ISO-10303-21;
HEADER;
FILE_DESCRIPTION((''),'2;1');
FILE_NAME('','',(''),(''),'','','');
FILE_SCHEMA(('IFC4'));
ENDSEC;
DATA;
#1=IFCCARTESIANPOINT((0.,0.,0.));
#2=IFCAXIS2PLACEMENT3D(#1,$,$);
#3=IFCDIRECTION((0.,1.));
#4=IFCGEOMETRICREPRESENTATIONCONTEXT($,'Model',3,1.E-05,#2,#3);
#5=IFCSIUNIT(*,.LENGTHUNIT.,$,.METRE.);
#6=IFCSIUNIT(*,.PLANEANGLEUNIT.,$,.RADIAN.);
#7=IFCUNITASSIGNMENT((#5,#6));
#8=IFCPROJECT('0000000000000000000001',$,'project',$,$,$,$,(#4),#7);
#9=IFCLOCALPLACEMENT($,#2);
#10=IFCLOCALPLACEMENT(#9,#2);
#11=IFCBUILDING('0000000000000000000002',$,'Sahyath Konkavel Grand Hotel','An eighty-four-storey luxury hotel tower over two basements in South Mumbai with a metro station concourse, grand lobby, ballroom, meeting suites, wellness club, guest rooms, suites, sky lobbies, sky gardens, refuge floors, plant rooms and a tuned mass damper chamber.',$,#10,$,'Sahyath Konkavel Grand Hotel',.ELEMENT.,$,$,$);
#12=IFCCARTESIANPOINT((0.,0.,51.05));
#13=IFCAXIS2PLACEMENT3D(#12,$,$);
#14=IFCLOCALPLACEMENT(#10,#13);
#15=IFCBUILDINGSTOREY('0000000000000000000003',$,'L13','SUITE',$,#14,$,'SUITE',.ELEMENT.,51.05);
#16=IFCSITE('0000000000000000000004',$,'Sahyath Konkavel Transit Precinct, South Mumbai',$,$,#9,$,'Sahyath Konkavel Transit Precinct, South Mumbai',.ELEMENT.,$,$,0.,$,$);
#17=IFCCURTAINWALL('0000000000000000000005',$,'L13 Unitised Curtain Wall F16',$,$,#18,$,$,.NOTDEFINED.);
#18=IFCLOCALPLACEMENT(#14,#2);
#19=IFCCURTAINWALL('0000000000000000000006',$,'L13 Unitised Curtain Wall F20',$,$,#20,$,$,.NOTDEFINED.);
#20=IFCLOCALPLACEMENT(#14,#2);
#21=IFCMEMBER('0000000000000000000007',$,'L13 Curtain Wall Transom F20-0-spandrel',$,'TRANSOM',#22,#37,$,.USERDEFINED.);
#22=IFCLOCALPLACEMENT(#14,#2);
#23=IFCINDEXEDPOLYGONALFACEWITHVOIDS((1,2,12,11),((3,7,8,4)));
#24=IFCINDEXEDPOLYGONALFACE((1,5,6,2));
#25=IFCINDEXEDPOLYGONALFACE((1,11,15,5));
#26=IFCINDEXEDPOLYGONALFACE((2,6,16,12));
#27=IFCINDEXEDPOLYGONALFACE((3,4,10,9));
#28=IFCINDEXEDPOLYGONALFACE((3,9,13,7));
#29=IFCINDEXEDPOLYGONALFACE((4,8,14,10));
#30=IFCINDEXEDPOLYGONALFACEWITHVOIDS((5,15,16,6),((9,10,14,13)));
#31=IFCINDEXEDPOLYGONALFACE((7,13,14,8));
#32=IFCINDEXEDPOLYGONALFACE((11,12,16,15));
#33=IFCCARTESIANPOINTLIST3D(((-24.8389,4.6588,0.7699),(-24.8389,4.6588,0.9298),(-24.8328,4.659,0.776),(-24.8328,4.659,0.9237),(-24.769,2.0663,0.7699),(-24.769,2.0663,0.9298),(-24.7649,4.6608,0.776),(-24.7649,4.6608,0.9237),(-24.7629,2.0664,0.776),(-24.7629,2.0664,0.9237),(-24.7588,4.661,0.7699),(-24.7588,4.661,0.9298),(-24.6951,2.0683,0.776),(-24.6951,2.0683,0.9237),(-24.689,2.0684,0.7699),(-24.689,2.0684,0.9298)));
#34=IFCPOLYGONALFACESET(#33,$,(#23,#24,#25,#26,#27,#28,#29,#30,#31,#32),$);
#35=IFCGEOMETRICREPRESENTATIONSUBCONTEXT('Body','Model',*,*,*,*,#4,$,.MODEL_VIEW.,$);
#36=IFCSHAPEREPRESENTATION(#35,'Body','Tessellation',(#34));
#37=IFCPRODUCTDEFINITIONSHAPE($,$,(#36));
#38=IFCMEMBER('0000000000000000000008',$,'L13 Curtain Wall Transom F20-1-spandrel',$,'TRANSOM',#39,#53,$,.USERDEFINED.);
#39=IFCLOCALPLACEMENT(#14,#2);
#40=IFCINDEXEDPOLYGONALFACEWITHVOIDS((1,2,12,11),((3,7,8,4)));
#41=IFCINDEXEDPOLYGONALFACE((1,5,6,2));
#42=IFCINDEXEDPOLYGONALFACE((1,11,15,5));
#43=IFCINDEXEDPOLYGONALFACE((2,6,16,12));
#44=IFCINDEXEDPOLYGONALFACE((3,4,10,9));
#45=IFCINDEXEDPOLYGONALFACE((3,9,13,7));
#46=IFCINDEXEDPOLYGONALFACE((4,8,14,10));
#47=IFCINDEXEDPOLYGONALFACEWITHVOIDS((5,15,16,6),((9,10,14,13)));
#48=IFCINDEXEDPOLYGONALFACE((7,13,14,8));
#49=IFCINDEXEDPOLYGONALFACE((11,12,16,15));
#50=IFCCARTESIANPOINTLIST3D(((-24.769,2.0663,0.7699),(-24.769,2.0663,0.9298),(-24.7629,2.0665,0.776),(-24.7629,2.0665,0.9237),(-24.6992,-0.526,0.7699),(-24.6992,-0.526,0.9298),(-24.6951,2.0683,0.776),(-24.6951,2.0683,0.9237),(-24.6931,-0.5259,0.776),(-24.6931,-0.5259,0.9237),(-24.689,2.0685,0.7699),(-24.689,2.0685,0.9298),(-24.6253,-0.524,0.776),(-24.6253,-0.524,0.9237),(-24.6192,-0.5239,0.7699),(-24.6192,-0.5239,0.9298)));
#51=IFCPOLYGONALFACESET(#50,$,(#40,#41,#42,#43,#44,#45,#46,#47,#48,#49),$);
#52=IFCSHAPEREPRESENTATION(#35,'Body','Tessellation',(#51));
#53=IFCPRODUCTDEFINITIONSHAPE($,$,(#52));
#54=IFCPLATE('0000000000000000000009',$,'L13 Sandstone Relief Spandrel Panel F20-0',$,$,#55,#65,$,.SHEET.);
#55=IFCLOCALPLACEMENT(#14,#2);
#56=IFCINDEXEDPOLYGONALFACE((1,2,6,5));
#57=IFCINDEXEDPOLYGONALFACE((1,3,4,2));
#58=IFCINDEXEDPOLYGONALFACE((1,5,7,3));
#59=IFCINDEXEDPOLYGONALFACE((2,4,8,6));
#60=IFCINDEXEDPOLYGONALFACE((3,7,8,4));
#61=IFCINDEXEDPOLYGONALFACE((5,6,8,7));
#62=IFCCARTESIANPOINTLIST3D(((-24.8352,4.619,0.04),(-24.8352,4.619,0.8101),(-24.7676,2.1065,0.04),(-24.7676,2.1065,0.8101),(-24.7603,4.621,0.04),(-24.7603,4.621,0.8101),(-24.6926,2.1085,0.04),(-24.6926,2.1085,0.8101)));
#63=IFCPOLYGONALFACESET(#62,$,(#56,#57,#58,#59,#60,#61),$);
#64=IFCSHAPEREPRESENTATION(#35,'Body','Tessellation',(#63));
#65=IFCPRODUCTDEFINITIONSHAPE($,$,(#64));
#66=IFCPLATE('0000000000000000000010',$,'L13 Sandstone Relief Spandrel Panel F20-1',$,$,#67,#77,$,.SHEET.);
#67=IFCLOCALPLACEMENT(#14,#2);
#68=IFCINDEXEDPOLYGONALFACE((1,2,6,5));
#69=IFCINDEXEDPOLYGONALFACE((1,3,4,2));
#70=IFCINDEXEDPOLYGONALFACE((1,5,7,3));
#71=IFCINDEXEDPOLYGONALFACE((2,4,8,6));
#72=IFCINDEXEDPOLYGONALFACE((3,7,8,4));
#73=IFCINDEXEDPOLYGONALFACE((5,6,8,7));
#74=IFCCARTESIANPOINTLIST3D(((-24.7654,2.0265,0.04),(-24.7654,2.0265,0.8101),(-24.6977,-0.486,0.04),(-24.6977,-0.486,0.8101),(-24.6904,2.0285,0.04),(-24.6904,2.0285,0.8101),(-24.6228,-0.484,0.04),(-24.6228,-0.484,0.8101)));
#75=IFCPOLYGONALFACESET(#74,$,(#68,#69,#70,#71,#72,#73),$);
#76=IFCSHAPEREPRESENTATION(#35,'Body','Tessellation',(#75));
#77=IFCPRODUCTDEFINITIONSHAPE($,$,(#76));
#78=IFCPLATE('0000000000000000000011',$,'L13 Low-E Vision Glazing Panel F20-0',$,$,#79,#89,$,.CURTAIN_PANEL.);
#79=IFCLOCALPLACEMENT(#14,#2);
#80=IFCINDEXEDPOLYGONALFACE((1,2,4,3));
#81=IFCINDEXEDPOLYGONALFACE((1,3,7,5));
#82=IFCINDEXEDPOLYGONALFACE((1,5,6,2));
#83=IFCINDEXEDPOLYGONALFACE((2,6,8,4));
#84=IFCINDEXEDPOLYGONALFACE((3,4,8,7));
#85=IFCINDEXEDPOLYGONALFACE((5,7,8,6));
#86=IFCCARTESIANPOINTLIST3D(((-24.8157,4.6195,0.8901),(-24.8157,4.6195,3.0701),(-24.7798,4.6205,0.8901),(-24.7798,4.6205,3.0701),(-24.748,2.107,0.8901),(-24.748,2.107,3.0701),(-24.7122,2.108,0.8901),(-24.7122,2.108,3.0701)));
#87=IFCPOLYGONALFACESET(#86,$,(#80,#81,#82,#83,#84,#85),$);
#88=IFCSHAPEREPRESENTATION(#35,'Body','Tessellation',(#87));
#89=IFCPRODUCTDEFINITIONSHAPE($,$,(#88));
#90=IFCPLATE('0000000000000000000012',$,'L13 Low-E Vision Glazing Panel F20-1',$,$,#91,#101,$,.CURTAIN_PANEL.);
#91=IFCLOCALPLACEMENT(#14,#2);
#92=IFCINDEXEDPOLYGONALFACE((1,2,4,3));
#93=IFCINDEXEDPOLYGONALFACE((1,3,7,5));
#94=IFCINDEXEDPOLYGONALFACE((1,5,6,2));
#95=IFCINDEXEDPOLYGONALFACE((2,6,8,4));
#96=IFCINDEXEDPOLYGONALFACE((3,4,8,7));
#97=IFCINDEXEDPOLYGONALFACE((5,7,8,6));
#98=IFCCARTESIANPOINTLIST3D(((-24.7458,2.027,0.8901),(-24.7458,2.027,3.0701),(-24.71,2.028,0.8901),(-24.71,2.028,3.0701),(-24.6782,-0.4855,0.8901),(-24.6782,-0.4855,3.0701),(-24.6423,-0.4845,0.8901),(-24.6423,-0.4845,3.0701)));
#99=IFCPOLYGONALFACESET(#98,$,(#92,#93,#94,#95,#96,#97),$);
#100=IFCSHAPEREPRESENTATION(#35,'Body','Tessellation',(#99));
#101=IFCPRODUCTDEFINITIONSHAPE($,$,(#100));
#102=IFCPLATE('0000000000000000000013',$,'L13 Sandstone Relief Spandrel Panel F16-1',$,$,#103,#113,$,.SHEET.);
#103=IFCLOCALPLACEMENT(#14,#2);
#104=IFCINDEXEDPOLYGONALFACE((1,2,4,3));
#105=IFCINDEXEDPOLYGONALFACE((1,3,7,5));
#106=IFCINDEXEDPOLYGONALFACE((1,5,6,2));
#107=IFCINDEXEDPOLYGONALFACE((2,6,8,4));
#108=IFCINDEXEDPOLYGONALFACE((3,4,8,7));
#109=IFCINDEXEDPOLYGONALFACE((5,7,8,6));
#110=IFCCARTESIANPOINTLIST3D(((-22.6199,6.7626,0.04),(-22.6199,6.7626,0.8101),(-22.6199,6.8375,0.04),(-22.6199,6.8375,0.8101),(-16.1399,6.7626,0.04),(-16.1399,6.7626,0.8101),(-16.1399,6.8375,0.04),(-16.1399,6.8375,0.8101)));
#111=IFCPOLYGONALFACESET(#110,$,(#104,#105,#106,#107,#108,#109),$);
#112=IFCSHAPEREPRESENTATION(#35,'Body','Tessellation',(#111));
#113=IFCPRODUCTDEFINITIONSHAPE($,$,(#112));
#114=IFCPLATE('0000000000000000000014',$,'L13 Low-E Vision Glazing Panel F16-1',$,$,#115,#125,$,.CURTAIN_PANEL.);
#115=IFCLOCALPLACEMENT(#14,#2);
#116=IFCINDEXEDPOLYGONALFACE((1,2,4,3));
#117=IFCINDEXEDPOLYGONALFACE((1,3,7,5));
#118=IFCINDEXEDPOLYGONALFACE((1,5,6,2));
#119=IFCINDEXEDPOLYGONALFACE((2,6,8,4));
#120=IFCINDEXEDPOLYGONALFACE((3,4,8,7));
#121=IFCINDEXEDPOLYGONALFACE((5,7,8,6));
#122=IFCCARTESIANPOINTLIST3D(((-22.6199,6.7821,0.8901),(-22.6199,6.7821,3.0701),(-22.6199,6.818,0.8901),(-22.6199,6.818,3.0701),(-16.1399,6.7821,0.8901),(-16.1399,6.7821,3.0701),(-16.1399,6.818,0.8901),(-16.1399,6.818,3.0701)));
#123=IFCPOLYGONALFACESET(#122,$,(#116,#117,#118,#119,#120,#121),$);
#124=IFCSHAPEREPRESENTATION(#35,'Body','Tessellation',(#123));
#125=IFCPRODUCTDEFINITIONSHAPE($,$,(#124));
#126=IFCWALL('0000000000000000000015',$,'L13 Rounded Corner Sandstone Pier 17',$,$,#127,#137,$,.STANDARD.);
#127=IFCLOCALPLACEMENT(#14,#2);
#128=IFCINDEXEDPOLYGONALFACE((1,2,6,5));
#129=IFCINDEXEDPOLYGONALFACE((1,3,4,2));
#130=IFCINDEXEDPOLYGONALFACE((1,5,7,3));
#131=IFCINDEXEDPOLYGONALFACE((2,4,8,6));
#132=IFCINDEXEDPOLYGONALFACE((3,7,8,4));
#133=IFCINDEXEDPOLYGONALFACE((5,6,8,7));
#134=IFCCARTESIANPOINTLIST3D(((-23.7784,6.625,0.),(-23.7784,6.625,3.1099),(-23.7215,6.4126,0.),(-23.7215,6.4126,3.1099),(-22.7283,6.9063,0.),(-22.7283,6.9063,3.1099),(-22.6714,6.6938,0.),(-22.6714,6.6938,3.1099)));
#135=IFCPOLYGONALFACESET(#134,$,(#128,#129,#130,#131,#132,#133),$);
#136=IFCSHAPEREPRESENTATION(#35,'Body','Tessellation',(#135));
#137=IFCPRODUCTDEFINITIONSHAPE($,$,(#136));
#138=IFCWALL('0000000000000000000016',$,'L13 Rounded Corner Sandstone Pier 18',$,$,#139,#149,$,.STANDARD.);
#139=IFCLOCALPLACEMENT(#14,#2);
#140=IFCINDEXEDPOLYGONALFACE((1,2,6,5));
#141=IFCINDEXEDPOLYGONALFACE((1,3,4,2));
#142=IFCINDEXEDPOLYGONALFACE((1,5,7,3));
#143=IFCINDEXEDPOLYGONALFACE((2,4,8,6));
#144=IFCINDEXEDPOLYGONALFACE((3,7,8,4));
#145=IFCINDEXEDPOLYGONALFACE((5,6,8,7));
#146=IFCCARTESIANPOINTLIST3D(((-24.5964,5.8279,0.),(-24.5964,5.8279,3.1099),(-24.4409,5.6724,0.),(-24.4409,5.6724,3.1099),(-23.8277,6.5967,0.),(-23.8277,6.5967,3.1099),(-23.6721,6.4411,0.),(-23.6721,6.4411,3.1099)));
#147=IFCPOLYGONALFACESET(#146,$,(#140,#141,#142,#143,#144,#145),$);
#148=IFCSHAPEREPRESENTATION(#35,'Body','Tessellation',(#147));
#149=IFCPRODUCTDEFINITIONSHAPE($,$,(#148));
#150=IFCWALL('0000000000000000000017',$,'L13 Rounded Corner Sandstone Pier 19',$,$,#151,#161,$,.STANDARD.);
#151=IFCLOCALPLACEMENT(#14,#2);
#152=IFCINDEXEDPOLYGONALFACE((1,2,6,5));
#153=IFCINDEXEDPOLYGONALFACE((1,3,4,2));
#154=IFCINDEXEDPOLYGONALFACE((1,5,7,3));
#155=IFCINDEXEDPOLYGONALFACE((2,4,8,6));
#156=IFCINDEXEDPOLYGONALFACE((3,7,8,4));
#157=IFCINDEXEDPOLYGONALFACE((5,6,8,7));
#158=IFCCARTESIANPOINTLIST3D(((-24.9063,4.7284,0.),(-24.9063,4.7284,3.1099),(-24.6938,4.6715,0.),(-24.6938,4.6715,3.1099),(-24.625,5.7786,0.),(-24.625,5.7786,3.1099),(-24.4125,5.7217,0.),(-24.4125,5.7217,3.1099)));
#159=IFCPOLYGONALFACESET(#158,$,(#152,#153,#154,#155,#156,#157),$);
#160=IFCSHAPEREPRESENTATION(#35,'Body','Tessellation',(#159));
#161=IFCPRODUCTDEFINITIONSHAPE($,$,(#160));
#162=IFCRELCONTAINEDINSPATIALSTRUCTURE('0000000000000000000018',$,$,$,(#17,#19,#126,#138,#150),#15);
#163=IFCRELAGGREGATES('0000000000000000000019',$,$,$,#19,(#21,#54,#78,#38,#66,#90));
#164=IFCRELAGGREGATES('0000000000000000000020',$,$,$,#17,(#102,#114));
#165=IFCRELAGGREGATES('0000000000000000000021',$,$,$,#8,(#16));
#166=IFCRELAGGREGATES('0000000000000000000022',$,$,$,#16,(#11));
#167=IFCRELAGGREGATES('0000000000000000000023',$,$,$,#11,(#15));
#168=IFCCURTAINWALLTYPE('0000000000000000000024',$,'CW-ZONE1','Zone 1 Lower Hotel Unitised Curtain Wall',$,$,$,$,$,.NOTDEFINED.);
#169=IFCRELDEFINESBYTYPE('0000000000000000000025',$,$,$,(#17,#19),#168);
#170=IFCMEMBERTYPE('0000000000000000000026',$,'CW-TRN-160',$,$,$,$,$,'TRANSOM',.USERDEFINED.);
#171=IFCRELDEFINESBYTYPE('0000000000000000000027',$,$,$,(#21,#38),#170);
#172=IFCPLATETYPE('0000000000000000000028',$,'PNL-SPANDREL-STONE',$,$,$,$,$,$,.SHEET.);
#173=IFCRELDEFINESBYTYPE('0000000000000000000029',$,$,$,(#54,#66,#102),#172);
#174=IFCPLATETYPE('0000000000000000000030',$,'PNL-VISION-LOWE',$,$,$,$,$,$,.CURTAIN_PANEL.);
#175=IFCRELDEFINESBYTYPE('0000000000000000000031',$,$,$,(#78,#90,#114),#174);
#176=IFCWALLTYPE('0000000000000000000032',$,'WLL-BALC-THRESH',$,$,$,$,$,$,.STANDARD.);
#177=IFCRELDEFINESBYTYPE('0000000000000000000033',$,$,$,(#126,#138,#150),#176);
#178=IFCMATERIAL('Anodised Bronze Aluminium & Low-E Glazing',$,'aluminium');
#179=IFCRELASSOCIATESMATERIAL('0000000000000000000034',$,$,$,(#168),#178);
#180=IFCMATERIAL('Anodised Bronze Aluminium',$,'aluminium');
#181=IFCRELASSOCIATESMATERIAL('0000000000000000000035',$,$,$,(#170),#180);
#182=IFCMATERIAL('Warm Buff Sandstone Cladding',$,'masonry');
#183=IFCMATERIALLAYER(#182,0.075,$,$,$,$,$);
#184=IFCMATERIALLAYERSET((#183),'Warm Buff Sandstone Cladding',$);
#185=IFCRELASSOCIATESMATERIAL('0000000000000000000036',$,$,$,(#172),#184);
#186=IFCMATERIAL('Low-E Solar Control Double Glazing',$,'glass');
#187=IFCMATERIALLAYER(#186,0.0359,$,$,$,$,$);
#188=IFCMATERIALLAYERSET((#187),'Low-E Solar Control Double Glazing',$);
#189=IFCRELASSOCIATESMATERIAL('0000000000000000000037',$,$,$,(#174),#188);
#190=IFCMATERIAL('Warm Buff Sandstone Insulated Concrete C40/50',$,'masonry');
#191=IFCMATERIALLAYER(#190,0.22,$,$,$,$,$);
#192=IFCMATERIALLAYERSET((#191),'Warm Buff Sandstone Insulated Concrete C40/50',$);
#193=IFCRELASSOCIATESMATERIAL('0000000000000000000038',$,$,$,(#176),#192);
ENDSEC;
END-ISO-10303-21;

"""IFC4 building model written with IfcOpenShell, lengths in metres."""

from ifc_helpers import new_model, si_unit, direction, frame, frame_2d, origin, origin_2d, place, context, subcontext, project, spatial, rectangle, hollow_rectangle, extrude, source, transform, mapped, material, layer, layer_set, material_profile, profile_set, type_object, element, aggregate, save


model = new_model("IFC4")

# Units and contexts
model_context = context("Model", 3, precision=1e-05, world=origin(), true_north=direction((0.0, 1.0)))
body_context = subcontext(model_context, "Body", "Model", "MODEL_VIEW")
ifc_project = project(units=[si_unit("LENGTHUNIT", "METRE"), si_unit("PLANEANGLEUNIT", "RADIAN")], contexts=[model_context])

# Site, building, storey
site_placement = place(None, origin())
site = spatial("IfcSite", under=ifc_project, at=site_placement, Name="Sahyath Konkavel Transit Precinct, South Mumbai", LongName="Sahyath Konkavel Transit Precinct, South Mumbai", CompositionType="ELEMENT", RefElevation=0.0)
building_placement = place(site_placement, origin())
building = spatial("IfcBuilding", under=site, at=building_placement, Name="Sahyath Konkavel Grand Hotel", Description="An eighty-four-storey luxury hotel tower over two basements in South Mumbai with a metro station concourse, grand lobby, ballroom, meeting suites, wellness club, guest rooms, suites, sky lobbies, sky gardens, refuge floors, plant rooms and a tuned mass damper chamber.", LongName="Sahyath Konkavel Grand Hotel", CompositionType="ELEMENT")
storey_placement = place(building_placement, frame((0.0, 0.0, 51.05)))
storey = spatial("IfcBuildingStorey", under=building, at=storey_placement, Name="L13", Description="SUITE", LongName="SUITE", CompositionType="ELEMENT", Elevation=51.05)

# Curtain wall
ifc_material_1 = material(Name="Anodised Bronze Aluminium & Low-E Glazing", Category="aluminium")
curtain_wall_type = type_object("IfcCurtainWallType", Name="CW-ZONE1", Description="Zone 1 Lower Hotel Unitised Curtain Wall", PredefinedType="NOTDEFINED", material=ifc_material_1)
curtain_wall_1_placement = place(storey_placement, origin())
curtain_wall_1 = element("IfcCurtainWall", 1, at=curtain_wall_1_placement, inside=storey, type_object=curtain_wall_type, Name="L13 Unitised Curtain Wall F16", PredefinedType="NOTDEFINED")
ifc_material_2 = material(Name="Anodised Bronze Aluminium", Category="aluminium")

# Curtain wall, members, plates
curtain_wall_2_placement = place(storey_placement, origin())
curtain_wall_2 = element("IfcCurtainWall", 2, at=curtain_wall_2_placement, inside=storey, type_object=curtain_wall_type, Name="L13 Unitised Curtain Wall F20", PredefinedType="NOTDEFINED")
ifc_material_profile_1 = material_profile(ifc_material_2, hollow_rectangle(XDim=0.0801, YDim=0.1599, WallThickness=0.0061, at=origin_2d()), Name="RHS 160x80x6")
ifc_profile_set_1 = profile_set([ifc_material_profile_1], Name="Anodised Bronze Aluminium")
member_type_1 = type_object("IfcMemberType", Name="CW-TRN-160", ElementType="TRANSOM", PredefinedType="USERDEFINED", material=ifc_profile_set_1)
shared_shape_1 = source(origin(), body_context, "Body", "SweptSolid", [
    extrude(hollow_rectangle(XDim=0.0801, YDim=0.1599, WallThickness=0.0061, at=origin_2d()), origin(), (0.0, 0.0, 1.0), 2.5935),
])
member_1_placement = place(storey_placement, frame((-24.7988, 4.6599, 0.8499), z_axis=(0.026923, -0.999638, 0.0), x_axis=(0.999638, 0.026923, 0.0)))
member_1 = element("IfcMember", 3, at=member_1_placement, type_object=member_type_1, Name="L13 Curtain Wall Transom F20-0-spandrel", ObjectType="TRANSOM", PredefinedType="USERDEFINED", context=body_context, shape_type="MappedRepresentation", body=[
    mapped(shared_shape_1, transform((0.0, 0.0, 0.0), scale=1.0)),
])
shared_shape_2 = source(origin(), body_context, "Body", "SweptSolid", [
    extrude(hollow_rectangle(XDim=0.0801, YDim=0.1599, WallThickness=0.0061, at=origin_2d()), origin(), (0.0, 0.0, 1.0), 2.5933),
])
member_2_placement = place(storey_placement, frame((-24.729, 2.0674, 0.8499), z_axis=(0.026926, -0.999637, 0.0), x_axis=(0.999637, 0.026926, 0.0)))
member_2 = element("IfcMember", 4, at=member_2_placement, type_object=member_type_1, Name="L13 Curtain Wall Transom F20-1-spandrel", ObjectType="TRANSOM", PredefinedType="USERDEFINED", context=body_context, shape_type="MappedRepresentation", body=[
    mapped(shared_shape_2, transform((0.0, 0.0, 0.0), scale=1.0)),
])
ifc_material_3 = material(Name="Warm Buff Sandstone Cladding", Category="masonry")
ifc_layer_1 = layer(ifc_material_3, 0.075)
ifc_layer_set_1 = layer_set([ifc_layer_1], Name="Warm Buff Sandstone Cladding")
plate_type_1 = type_object("IfcPlateType", Name="PNL-SPANDREL-STONE", PredefinedType="SHEET", material=ifc_layer_set_1)
shared_shape_3 = source(origin(), body_context, "Body", "SweptSolid", [
    extrude(rectangle(XDim=2.5134, YDim=0.075, at=origin_2d()), origin(), (0.0, 0.0, 1.0), 0.77),
])
plate_1_placement = place(storey_placement, frame((-24.7639, 3.3638, 0.04), z_axis=(0.0, 0.0, 1.0), x_axis=(0.02691, -0.999638, 0.0)))
plate_1 = element("IfcPlate", 5, at=plate_1_placement, type_object=plate_type_1, Name="L13 Sandstone Relief Spandrel Panel F20-0", PredefinedType="SHEET", context=body_context, shape_type="MappedRepresentation", body=[
    mapped(shared_shape_3, transform((0.0, 0.0, 0.0), scale=1.0)),
])
plate_2_placement = place(storey_placement, frame((-24.6941, 0.7712, 0.04), z_axis=(0.0, 0.0, 1.0), x_axis=(0.02691, -0.999638, 0.0)))
plate_2 = element("IfcPlate", 6, at=plate_2_placement, type_object=plate_type_1, Name="L13 Sandstone Relief Spandrel Panel F20-1", PredefinedType="SHEET", context=body_context, shape_type="MappedRepresentation", body=[
    mapped(shared_shape_3, transform((0.0, 0.0, 0.0), scale=1.0)),
])
ifc_material_4 = material(Name="Low-E Solar Control Double Glazing", Category="glass")
ifc_layer_2 = layer(ifc_material_4, 0.0359)
ifc_layer_set_2 = layer_set([ifc_layer_2], Name="Low-E Solar Control Double Glazing")
plate_type_2 = type_object("IfcPlateType", Name="PNL-VISION-LOWE", PredefinedType="CURTAIN_PANEL", material=ifc_layer_set_2)
shared_shape_4 = source(origin(), body_context, "Body", "SweptSolid", [
    extrude(rectangle(XDim=2.5134, YDim=0.0359, at=origin_2d()), origin(), (0.0, 0.0, 1.0), 2.1799),
])
plate_3_placement = place(storey_placement, frame((-24.7639, 3.3638, 0.8901), z_axis=(0.0, 0.0, 1.0), x_axis=(0.02691, -0.999638, 0.0)))
plate_3 = element("IfcPlate", 7, at=plate_3_placement, type_object=plate_type_2, Name="L13 Low-E Vision Glazing Panel F20-0", PredefinedType="CURTAIN_PANEL", context=body_context, shape_type="MappedRepresentation", body=[
    mapped(shared_shape_4, transform((0.0, 0.0, 0.0), scale=1.0)),
])
plate_4_placement = place(storey_placement, frame((-24.6941, 0.7712, 0.8901), z_axis=(0.0, 0.0, 1.0), x_axis=(0.02691, -0.999638, 0.0)))
plate_4 = element("IfcPlate", 8, at=plate_4_placement, type_object=plate_type_2, Name="L13 Low-E Vision Glazing Panel F20-1", PredefinedType="CURTAIN_PANEL", context=body_context, shape_type="MappedRepresentation", body=[
    mapped(shared_shape_4, transform((0.0, 0.0, 0.0), scale=1.0)),
])
aggregate(curtain_wall_2, [member_1, plate_1, plate_3, member_2, plate_2, plate_4])

# Plates
shared_shape_5 = source(origin(), body_context, "Body", "SweptSolid", [
    extrude(rectangle(XDim=6.48, YDim=0.075, at=origin_2d()), origin(), (0.0, 0.0, 1.0), 0.77),
])
plate_5_placement = place(storey_placement, frame((-19.3799, 6.8, 0.04), z_axis=(0.0, 0.0, 1.0), x_axis=(-1.0, 0.0, 0.0)))
plate_5 = element("IfcPlate", 9, at=plate_5_placement, type_object=plate_type_1, Name="L13 Sandstone Relief Spandrel Panel F16-1", PredefinedType="SHEET", context=body_context, shape_type="MappedRepresentation", body=[
    mapped(shared_shape_5, transform((0.0, 0.0, 0.0), scale=1.0)),
])
shared_shape_6 = source(origin(), body_context, "Body", "SweptSolid", [
    extrude(rectangle(XDim=6.48, YDim=0.0359, at=origin_2d()), origin(), (0.0, 0.0, 1.0), 2.1799),
])
plate_6_placement = place(storey_placement, frame((-19.3799, 6.8, 0.8901), z_axis=(0.0, 0.0, 1.0), x_axis=(-1.0, 0.0, 0.0)))
plate_6 = element("IfcPlate", 10, at=plate_6_placement, type_object=plate_type_2, Name="L13 Low-E Vision Glazing Panel F16-1", PredefinedType="CURTAIN_PANEL", context=body_context, shape_type="MappedRepresentation", body=[
    mapped(shared_shape_6, transform((0.0, 0.0, 0.0), scale=1.0)),
])
aggregate(curtain_wall_1, [plate_5, plate_6])

# Walls
ifc_material_5 = material(Name="Warm Buff Sandstone Insulated Concrete C40/50", Category="masonry")
ifc_layer_3 = layer(ifc_material_5, 0.22)
ifc_layer_set_3 = layer_set([ifc_layer_3], Name="Warm Buff Sandstone Insulated Concrete C40/50")
wall_type_1 = type_object("IfcWallType", Name="WLL-BALC-THRESH", PredefinedType="STANDARD", material=ifc_layer_set_3)
for number, where, z_axis, x_axis, name in (
    (11, (-22.7, 6.8, 0.0), (0.0, 0.0, 1.0), (-0.965951, -0.258725, 0.0), "L13 Rounded Corner Sandstone Pier 17"),
    (12, (-23.75, 6.5188, 0.0), (0.0, 0.0, 1.0), (-0.707107, -0.707107, 0.0), "L13 Rounded Corner Sandstone Pier 18"),
    (13, (-24.5188, 5.75, 0.0), (0.0, 0.0, 1.0), (-0.258725, -0.965951, 0.0), "L13 Rounded Corner Sandstone Pier 19"),
):
    element("IfcWall", number, at=place(storey_placement, frame(where, z_axis=z_axis, x_axis=x_axis)), inside=storey, type_object=wall_type_1, Name=name, PredefinedType="STANDARD", context=body_context, shape_type="SweptSolid", body=[
        extrude(rectangle(XDim=1.0872, YDim=0.22, at=frame_2d((0.5435, 0.0))), origin(), (0.0, 0.0, 1.0), 3.1099),
    ])

save(model, "model.ifc")
